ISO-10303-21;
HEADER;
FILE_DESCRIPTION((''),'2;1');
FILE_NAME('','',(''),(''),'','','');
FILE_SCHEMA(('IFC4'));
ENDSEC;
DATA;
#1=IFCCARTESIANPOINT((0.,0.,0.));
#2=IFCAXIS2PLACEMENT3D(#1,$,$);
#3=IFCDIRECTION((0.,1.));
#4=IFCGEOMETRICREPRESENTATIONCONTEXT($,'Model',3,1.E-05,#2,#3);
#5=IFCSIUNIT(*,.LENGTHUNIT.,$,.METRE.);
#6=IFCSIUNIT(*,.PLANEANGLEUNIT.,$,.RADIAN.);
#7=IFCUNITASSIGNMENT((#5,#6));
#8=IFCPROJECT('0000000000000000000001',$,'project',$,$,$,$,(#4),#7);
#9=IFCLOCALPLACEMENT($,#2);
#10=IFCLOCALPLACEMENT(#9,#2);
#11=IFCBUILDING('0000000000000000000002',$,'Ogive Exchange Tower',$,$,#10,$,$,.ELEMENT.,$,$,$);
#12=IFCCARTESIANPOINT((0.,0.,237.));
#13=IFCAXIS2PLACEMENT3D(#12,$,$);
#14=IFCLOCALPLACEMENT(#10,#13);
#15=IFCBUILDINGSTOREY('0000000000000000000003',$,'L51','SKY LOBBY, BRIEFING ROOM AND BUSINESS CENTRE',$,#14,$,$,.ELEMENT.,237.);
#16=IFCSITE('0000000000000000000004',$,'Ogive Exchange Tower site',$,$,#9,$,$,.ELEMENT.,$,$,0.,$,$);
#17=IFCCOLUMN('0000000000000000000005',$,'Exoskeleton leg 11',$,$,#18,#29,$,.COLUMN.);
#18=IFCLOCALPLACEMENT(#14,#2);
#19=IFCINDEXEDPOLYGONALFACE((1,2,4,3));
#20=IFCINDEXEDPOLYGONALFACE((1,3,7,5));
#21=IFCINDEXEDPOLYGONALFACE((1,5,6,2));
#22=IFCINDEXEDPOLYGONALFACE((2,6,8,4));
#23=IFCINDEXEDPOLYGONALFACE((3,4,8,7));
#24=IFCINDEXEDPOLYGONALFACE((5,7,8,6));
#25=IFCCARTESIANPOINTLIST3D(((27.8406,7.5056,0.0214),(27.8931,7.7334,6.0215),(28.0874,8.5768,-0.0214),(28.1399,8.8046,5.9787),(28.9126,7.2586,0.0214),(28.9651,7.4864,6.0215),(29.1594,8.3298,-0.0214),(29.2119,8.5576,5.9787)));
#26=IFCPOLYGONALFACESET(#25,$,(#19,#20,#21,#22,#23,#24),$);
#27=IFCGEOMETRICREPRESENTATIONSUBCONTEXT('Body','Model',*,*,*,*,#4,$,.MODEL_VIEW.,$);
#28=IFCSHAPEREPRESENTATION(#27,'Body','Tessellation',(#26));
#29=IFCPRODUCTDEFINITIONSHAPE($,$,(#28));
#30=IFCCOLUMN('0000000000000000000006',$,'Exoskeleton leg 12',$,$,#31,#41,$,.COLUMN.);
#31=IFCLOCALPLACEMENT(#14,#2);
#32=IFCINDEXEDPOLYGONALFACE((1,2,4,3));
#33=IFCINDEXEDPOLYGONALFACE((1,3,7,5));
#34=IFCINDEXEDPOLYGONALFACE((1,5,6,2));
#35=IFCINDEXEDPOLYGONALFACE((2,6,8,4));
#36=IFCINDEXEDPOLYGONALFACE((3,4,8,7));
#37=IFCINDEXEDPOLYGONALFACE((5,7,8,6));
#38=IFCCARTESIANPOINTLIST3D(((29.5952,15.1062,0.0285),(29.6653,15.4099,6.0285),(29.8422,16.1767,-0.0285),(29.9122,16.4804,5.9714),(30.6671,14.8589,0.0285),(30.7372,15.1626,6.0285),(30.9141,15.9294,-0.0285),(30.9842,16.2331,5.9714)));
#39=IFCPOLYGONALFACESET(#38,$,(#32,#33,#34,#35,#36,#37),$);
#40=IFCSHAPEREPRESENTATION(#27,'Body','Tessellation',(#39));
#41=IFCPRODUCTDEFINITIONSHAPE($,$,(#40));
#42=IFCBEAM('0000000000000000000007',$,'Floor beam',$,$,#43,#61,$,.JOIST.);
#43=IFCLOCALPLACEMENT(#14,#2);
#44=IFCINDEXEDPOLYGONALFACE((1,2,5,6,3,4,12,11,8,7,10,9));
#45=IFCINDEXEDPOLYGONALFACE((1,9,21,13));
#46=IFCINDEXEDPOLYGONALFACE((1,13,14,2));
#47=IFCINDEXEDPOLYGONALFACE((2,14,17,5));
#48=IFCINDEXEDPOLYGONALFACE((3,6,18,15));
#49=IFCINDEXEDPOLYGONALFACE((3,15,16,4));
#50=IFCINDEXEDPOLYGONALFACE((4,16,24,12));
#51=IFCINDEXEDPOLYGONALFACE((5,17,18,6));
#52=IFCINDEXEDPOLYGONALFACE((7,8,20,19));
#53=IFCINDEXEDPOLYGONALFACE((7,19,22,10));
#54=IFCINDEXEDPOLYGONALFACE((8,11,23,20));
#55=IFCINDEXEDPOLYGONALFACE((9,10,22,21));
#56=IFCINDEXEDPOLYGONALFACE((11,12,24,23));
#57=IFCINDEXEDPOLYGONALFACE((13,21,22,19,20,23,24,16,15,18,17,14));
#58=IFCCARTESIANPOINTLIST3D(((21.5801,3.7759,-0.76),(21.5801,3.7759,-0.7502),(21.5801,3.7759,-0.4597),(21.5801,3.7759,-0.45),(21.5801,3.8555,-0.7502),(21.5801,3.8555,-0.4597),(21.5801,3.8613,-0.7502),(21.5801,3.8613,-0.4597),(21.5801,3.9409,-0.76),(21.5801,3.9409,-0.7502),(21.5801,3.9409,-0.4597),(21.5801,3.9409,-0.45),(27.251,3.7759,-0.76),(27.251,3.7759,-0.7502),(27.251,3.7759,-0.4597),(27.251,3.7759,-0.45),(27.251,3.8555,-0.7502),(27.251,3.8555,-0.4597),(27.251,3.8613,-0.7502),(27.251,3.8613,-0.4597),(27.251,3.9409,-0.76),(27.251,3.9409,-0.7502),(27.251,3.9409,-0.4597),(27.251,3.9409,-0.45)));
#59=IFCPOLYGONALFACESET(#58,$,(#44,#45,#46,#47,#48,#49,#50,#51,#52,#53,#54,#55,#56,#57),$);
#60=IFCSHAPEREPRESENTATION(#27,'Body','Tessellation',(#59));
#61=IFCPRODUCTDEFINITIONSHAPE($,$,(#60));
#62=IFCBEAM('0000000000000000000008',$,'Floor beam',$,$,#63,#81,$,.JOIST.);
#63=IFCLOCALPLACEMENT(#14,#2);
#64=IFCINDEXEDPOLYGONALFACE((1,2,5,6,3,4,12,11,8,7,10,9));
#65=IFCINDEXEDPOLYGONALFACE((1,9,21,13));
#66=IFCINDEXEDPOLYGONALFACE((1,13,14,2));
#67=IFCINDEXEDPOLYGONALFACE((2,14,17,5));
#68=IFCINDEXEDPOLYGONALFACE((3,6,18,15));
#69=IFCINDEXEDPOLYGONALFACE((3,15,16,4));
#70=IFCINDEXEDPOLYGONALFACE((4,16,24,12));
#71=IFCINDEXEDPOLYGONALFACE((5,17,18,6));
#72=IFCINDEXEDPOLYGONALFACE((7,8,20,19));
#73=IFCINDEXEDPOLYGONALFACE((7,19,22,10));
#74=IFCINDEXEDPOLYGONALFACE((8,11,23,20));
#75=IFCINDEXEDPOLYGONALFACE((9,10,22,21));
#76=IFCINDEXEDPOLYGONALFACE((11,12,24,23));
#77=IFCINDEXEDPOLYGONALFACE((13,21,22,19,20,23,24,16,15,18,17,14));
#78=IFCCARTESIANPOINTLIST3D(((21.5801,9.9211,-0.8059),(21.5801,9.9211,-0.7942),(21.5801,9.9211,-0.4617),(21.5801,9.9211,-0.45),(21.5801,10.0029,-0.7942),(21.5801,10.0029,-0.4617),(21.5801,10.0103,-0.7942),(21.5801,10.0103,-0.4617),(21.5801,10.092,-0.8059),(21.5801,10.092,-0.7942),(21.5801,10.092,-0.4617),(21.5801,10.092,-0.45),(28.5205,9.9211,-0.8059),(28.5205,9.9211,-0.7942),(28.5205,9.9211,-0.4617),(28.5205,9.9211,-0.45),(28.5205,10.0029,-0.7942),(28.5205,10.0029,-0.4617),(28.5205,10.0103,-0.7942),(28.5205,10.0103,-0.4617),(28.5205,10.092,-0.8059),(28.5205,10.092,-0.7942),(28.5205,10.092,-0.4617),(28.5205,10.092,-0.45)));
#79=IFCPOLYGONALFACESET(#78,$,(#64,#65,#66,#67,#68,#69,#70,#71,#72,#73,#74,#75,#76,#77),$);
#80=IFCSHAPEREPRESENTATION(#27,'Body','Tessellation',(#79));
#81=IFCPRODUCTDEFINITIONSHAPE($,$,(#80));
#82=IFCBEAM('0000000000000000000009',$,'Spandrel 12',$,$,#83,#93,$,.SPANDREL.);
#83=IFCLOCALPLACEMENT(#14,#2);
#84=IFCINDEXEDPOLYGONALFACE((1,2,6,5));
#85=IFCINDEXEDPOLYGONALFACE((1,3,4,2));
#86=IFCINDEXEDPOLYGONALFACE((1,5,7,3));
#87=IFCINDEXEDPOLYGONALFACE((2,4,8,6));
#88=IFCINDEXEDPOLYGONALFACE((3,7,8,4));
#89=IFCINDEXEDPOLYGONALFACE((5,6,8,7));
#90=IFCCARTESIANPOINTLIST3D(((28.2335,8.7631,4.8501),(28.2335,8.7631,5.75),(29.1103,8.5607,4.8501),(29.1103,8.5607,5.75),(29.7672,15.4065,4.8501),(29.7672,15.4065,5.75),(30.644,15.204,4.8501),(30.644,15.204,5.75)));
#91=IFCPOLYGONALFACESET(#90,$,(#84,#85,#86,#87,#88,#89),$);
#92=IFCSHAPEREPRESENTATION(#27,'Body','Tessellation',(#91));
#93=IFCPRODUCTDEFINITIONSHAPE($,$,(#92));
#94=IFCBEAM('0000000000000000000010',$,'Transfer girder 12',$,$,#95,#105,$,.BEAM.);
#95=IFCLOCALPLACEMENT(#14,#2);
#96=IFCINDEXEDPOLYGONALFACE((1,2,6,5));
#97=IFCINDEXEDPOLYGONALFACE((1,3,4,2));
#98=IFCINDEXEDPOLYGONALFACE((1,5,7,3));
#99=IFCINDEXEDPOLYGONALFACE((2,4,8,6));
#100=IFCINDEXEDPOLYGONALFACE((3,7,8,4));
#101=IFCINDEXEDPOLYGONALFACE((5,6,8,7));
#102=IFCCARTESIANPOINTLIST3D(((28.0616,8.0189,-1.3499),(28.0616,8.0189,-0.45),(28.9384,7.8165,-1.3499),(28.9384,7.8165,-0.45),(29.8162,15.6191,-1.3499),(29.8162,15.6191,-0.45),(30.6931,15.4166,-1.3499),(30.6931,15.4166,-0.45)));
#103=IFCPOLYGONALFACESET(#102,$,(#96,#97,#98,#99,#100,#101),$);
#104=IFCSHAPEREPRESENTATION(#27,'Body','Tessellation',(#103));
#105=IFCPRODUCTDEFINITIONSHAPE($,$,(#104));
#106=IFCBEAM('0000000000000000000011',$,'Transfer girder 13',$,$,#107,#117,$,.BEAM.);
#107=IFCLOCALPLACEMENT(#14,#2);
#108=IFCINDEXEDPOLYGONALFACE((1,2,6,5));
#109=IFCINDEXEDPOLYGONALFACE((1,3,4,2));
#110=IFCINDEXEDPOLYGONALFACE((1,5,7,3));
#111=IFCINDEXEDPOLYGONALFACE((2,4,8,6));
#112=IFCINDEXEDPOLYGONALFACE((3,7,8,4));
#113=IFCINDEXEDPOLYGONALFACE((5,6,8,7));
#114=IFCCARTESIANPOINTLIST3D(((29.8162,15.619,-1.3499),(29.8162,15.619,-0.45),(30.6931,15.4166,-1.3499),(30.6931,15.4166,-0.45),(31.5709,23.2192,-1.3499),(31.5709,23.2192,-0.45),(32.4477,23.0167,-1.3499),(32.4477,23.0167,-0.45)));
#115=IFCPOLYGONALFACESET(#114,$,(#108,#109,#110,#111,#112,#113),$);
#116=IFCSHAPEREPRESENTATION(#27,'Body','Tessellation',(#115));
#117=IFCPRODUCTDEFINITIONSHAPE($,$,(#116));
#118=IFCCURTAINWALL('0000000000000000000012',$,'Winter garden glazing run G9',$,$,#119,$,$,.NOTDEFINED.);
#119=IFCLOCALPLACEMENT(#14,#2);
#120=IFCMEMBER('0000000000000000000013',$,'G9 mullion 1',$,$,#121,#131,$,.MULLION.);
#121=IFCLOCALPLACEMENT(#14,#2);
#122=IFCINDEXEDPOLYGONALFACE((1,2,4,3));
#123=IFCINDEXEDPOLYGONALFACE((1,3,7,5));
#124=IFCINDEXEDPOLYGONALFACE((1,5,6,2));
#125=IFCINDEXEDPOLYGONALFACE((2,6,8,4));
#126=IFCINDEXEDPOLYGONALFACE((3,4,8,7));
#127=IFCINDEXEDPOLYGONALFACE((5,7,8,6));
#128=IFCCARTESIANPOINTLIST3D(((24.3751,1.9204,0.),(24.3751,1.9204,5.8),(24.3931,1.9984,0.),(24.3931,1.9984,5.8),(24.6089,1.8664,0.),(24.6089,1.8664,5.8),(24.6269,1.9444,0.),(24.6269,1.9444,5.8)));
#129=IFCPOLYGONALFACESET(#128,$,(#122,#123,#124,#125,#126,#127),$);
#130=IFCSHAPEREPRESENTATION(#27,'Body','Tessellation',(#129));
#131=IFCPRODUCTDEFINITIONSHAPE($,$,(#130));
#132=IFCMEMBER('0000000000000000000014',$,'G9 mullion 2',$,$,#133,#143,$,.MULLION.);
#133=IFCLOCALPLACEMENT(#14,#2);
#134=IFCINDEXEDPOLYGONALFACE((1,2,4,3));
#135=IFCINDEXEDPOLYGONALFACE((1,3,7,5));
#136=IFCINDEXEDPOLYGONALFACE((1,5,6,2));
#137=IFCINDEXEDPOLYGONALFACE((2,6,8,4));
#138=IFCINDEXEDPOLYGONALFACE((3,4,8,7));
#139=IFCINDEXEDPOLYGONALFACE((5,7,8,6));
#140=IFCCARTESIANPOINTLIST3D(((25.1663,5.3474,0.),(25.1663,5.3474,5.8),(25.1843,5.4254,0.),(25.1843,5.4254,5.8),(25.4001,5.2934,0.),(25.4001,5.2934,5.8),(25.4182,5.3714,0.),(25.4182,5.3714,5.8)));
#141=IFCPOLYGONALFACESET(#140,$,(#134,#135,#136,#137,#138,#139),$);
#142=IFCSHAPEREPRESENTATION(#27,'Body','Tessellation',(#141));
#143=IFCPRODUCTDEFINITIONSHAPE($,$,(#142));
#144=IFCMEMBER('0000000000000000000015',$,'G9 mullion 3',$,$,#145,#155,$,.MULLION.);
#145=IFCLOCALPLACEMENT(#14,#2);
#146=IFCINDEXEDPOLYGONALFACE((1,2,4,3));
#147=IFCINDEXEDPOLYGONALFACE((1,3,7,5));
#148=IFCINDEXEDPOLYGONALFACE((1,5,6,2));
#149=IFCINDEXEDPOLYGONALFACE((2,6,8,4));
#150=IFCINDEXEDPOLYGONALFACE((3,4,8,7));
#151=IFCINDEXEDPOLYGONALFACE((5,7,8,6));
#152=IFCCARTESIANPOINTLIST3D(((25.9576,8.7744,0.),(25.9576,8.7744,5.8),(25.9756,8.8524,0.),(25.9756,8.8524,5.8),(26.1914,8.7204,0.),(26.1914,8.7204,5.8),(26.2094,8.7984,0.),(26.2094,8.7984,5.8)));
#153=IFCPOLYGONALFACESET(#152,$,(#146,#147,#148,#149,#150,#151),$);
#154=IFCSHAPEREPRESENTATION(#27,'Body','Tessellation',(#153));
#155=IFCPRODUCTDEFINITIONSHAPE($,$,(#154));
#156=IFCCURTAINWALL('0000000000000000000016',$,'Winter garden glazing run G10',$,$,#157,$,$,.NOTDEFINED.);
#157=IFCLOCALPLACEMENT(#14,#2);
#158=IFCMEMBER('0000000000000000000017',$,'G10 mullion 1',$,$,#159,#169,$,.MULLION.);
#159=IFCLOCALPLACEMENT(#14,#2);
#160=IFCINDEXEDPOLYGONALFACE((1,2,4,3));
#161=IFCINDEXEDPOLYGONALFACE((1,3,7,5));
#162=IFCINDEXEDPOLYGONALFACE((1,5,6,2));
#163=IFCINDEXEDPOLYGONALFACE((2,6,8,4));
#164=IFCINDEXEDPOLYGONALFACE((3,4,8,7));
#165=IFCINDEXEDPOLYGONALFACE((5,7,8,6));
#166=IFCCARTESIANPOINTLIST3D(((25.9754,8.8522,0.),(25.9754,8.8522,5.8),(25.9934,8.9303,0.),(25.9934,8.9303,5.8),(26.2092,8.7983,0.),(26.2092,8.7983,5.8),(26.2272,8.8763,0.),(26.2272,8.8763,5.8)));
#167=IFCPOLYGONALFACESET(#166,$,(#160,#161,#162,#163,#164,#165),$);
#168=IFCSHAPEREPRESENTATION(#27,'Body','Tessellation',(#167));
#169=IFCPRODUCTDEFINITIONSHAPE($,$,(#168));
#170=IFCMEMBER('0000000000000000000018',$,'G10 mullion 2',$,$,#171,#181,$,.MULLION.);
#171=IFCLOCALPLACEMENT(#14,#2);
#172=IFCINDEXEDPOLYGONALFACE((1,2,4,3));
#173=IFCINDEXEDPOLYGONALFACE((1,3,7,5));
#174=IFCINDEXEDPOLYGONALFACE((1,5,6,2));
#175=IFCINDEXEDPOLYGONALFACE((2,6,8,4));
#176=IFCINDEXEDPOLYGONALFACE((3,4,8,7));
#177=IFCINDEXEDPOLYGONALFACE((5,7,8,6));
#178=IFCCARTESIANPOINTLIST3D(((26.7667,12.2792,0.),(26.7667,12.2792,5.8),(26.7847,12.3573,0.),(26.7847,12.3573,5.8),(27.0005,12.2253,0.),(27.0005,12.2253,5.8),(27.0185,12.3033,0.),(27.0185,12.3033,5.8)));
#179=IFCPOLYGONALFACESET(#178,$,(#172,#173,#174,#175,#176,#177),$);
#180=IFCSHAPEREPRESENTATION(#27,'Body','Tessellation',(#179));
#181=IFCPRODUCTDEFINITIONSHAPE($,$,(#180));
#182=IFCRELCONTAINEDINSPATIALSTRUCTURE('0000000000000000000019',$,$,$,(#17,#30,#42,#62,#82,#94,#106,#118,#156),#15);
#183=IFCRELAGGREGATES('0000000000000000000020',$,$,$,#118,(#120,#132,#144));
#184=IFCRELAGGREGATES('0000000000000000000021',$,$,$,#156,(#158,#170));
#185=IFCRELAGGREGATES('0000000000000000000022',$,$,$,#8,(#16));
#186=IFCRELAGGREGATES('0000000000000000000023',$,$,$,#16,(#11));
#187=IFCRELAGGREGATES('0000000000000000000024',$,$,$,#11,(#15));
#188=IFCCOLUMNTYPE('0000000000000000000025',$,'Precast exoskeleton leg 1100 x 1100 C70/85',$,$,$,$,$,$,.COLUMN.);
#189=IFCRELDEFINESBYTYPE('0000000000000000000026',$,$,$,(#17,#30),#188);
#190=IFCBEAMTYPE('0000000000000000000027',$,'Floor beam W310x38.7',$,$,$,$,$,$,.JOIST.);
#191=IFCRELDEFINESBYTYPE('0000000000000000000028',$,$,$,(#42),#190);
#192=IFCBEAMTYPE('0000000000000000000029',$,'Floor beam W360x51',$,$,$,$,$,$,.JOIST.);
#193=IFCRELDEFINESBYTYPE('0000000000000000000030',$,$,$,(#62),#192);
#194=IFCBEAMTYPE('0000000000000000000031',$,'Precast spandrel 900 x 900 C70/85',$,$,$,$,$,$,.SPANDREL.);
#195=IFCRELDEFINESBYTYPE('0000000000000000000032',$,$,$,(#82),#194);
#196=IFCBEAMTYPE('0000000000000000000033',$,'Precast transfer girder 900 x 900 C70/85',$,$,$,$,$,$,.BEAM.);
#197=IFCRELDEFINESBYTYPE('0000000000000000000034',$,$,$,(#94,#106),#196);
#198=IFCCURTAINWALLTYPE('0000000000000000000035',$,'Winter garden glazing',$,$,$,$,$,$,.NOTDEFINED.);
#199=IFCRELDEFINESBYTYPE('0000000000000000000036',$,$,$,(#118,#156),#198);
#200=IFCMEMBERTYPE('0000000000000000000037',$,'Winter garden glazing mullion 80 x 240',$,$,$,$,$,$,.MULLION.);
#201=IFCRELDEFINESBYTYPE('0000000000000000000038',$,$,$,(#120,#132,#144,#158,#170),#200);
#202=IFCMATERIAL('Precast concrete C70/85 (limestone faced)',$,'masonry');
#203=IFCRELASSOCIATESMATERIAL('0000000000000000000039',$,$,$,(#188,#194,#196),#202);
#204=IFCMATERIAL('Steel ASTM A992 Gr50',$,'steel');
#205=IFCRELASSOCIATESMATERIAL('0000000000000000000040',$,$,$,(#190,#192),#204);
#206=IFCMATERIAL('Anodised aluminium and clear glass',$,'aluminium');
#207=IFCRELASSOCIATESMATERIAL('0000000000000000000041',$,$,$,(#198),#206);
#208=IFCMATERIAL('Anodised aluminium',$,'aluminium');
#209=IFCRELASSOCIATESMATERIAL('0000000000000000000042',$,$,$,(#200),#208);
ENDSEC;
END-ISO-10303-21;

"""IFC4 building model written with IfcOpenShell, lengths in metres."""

from ifc_helpers import new_model, si_unit, direction, frame, origin, origin_2d, place, context, subcontext, project, spatial, rectangle, i_section, extrude, material, material_profile, profile_set, type_object, element, aggregate, save


model = new_model("IFC4")

# Units and contexts
model_context = context("Model", 3, precision=1e-05, world=origin(), true_north=direction((0.0, 1.0)))
body_context = subcontext(model_context, "Body", "Model", "MODEL_VIEW")
ifc_project = project(units=[si_unit("LENGTHUNIT", "METRE"), si_unit("PLANEANGLEUNIT", "RADIAN")], contexts=[model_context])

# Site, building, storey
site_placement = place(None, origin())
site = spatial("IfcSite", under=ifc_project, at=site_placement, Name="Ogive Exchange Tower site", CompositionType="ELEMENT", RefElevation=0.0)
building_placement = place(site_placement, origin())
building = spatial("IfcBuilding", under=site, at=building_placement, Name="Ogive Exchange Tower", CompositionType="ELEMENT")
storey_placement = place(building_placement, frame((0.0, 0.0, 237.0)))
storey = spatial("IfcBuildingStorey", under=building, at=storey_placement, Name="L51", Description="SKY LOBBY, BRIEFING ROOM AND BUSINESS CENTRE", CompositionType="ELEMENT", Elevation=237.0)

# Columns
ifc_material_1 = material(Name="Precast concrete C70/85 (limestone faced)", Category="masonry")
ifc_material_profile_1 = material_profile(ifc_material_1, rectangle(XDim=1.1001, YDim=1.1001, at=origin_2d()), Name="1100 x 1100")
ifc_profile_set_1 = profile_set([ifc_material_profile_1], Name="Precast concrete C70/85 (limestone faced)")
column_type = type_object("IfcColumnType", Name="Precast exoskeleton leg 1100 x 1100 C70/85", PredefinedType="COLUMN", material=ifc_profile_set_1)
column_1_placement = place(storey_placement, frame((28.5, 7.9177, 0.0), z_axis=(0.008742, 0.037935, 0.999242), x_axis=(-0.974462, 0.224554, 0.0)))
element("IfcColumn", 1, at=column_1_placement, inside=storey, type_object=column_type, Name="Exoskeleton leg 11", PredefinedType="COLUMN", context=body_context, shape_type="SweptSolid", body=[
    extrude(rectangle(XDim=1.1001, YDim=1.1001, at=origin_2d()), origin(), (0.0, 0.0, 1.0), 6.0046),
])
column_2_placement = place(storey_placement, frame((30.2546, 15.5178, 0.0), z_axis=(0.011662, 0.05055, 0.998653), x_axis=(-0.974404, 0.224802, 0.0)))
element("IfcColumn", 2, at=column_2_placement, inside=storey, type_object=column_type, Name="Exoskeleton leg 12", PredefinedType="COLUMN", context=body_context, shape_type="SweptSolid", body=[
    extrude(rectangle(XDim=1.1001, YDim=1.1001, at=origin_2d()), origin(), (0.0, 0.0, 1.0), 6.0081),
])

# Beams
ifc_material_2 = material(Name="Steel ASTM A992 Gr50", Category="steel")
ifc_material_profile_2 = material_profile(ifc_material_2, i_section(OverallWidth=0.165, OverallDepth=0.3101, WebThickness=0.0059, FlangeThickness=0.0098, at=origin_2d()), Name="W310x38.7")
ifc_profile_set_2 = profile_set([ifc_material_profile_2], Name="Steel ASTM A992 Gr50")
beam_type_1 = type_object("IfcBeamType", Name="Floor beam W310x38.7", PredefinedType="JOIST", material=ifc_profile_set_2)
beam_1_placement = place(storey_placement, frame((21.5801, 3.8584, -0.605), z_axis=(1.0, 0.0, 0.0), x_axis=(0.0, 1.0, 0.0)))
element("IfcBeam", 3, at=beam_1_placement, inside=storey, type_object=beam_type_1, Name="Floor beam", PredefinedType="JOIST", context=body_context, shape_type="SweptSolid", body=[
    extrude(i_section(OverallWidth=0.165, OverallDepth=0.3101, WebThickness=0.0059, FlangeThickness=0.0098, at=origin_2d()), origin(), (0.0, 0.0, 1.0), 5.6709),
])
ifc_material_profile_3 = material_profile(ifc_material_2, i_section(OverallWidth=0.1709, OverallDepth=0.356, WebThickness=0.0073, FlangeThickness=0.0117, at=origin_2d()), Name="W360x51")
ifc_profile_set_3 = profile_set([ifc_material_profile_3], Name="Steel ASTM A992 Gr50")
beam_type_2 = type_object("IfcBeamType", Name="Floor beam W360x51", PredefinedType="JOIST", material=ifc_profile_set_3)
beam_2_placement = place(storey_placement, frame((21.5801, 10.0066, -0.6279), z_axis=(1.0, 0.0, 0.0), x_axis=(0.0, 1.0, 0.0)))
element("IfcBeam", 4, at=beam_2_placement, inside=storey, type_object=beam_type_2, Name="Floor beam", PredefinedType="JOIST", context=body_context, shape_type="SweptSolid", body=[
    extrude(i_section(OverallWidth=0.1709, OverallDepth=0.356, WebThickness=0.0073, FlangeThickness=0.0117, at=origin_2d()), origin(), (0.0, 0.0, 1.0), 6.9404),
])
ifc_material_profile_4 = material_profile(ifc_material_1, rectangle(XDim=0.8999, YDim=0.8999, at=origin_2d()), Name="900 x 900")
ifc_profile_set_4 = profile_set([ifc_material_profile_4], Name="Precast concrete C70/85 (limestone faced)")
beam_type_3 = type_object("IfcBeamType", Name="Precast spandrel 900 x 900 C70/85", PredefinedType="SPANDREL", material=ifc_profile_set_4)
beam_3_placement = place(storey_placement, frame((28.6719, 8.6619, 5.3), z_axis=(0.224946, 0.974371, 0.0), x_axis=(-0.974371, 0.224946, 0.0)))
element("IfcBeam", 5, at=beam_3_placement, inside=storey, type_object=beam_type_3, Name="Spandrel 12", PredefinedType="SPANDREL", context=body_context, shape_type="SweptSolid", body=[
    extrude(rectangle(XDim=0.8999, YDim=0.8999, at=origin_2d()), origin(), (0.0, 0.0, 1.0), 6.8181),
])
ifc_material_profile_5 = material_profile(ifc_material_1, rectangle(XDim=0.8999, YDim=0.8999, at=origin_2d()), Name="900 x 900")
ifc_profile_set_5 = profile_set([ifc_material_profile_5], Name="Precast concrete C70/85 (limestone faced)")
beam_type_4 = type_object("IfcBeamType", Name="Precast transfer girder 900 x 900 C70/85", PredefinedType="BEAM", material=ifc_profile_set_5)
for number, where, z_axis, x_axis, name in (
    (6, (28.5, 7.9177, -0.8999), (0.224953, 0.97437, 0.0), (-0.97437, 0.224953, 0.0), "Transfer girder 12"),
    (7, (30.2546, 15.5178, -0.8999), (0.224953, 0.97437, 0.0), (-0.97437, 0.224953, 0.0), "Transfer girder 13"),
):
    element("IfcBeam", number, at=place(storey_placement, frame(where, z_axis=z_axis, x_axis=x_axis)), inside=storey, type_object=beam_type_4, Name=name, PredefinedType="BEAM", context=body_context, shape_type="SweptSolid", body=[
        extrude(rectangle(XDim=0.8999, YDim=0.8999, at=origin_2d()), origin(), (0.0, 0.0, 1.0), 7.8),
    ])

# Curtain walls, members
ifc_material_3 = material(Name="Anodised aluminium and clear glass", Category="aluminium")
curtain_wall_type = type_object("IfcCurtainWallType", Name="Winter garden glazing", PredefinedType="NOTDEFINED", material=ifc_material_3)
curtain_wall_1_placement = place(storey_placement, origin())
curtain_wall_1 = element("IfcCurtainWall", 8, at=curtain_wall_1_placement, inside=storey, type_object=curtain_wall_type, Name="Winter garden glazing run G9", PredefinedType="NOTDEFINED")
ifc_material_4 = material(Name="Anodised aluminium", Category="aluminium")
ifc_material_profile_6 = material_profile(ifc_material_4, rectangle(XDim=0.24, YDim=0.0801, at=origin_2d()), Name="AL 80x240")
ifc_profile_set_6 = profile_set([ifc_material_profile_6], Name="Anodised aluminium")
member_type_1 = type_object("IfcMemberType", Name="Winter garden glazing mullion 80 x 240", PredefinedType="MULLION", material=ifc_profile_set_6)
member_1_placement = place(storey_placement, frame((24.501, 1.9324, 0.0), z_axis=(0.0, 0.0, 1.0), x_axis=(-0.974372, 0.224941, 0.0)))
member_1 = element("IfcMember", 9, at=member_1_placement, type_object=member_type_1, Name="G9 mullion 1", PredefinedType="MULLION", context=body_context, shape_type="SweptSolid", body=[
    extrude(rectangle(XDim=0.24, YDim=0.0801, at=origin_2d()), origin(), (0.0, 0.0, 1.0), 5.8),
])
member_2_placement = place(storey_placement, frame((25.2922, 5.3594, 0.0), z_axis=(0.0, 0.0, 1.0), x_axis=(-0.974372, 0.224941, 0.0)))
member_2 = element("IfcMember", 10, at=member_2_placement, type_object=member_type_1, Name="G9 mullion 2", PredefinedType="MULLION", context=body_context, shape_type="SweptSolid", body=[
    extrude(rectangle(XDim=0.24, YDim=0.0801, at=origin_2d()), origin(), (0.0, 0.0, 1.0), 5.8),
])
member_3_placement = place(storey_placement, frame((26.0835, 8.7864, 0.0), z_axis=(0.0, 0.0, 1.0), x_axis=(-0.974372, 0.224941, 0.0)))
member_3 = element("IfcMember", 11, at=member_3_placement, type_object=member_type_1, Name="G9 mullion 3", PredefinedType="MULLION", context=body_context, shape_type="SweptSolid", body=[
    extrude(rectangle(XDim=0.24, YDim=0.0801, at=origin_2d()), origin(), (0.0, 0.0, 1.0), 5.8),
])
curtain_wall_2_placement = place(storey_placement, origin())
curtain_wall_2 = element("IfcCurtainWall", 12, at=curtain_wall_2_placement, inside=storey, type_object=curtain_wall_type, Name="Winter garden glazing run G10", PredefinedType="NOTDEFINED")
member_4_placement = place(storey_placement, frame((26.1013, 8.8643, 0.0), z_axis=(0.0, 0.0, 1.0), x_axis=(-0.974369, 0.224957, 0.0)))
member_4 = element("IfcMember", 13, at=member_4_placement, type_object=member_type_1, Name="G10 mullion 1", PredefinedType="MULLION", context=body_context, shape_type="SweptSolid", body=[
    extrude(rectangle(XDim=0.24, YDim=0.0801, at=origin_2d()), origin(), (0.0, 0.0, 1.0), 5.8),
])
member_5_placement = place(storey_placement, frame((26.8926, 12.2913, 0.0), z_axis=(0.0, 0.0, 1.0), x_axis=(-0.974369, 0.224957, 0.0)))
member_5 = element("IfcMember", 14, at=member_5_placement, type_object=member_type_1, Name="G10 mullion 2", PredefinedType="MULLION", context=body_context, shape_type="SweptSolid", body=[
    extrude(rectangle(XDim=0.24, YDim=0.0801, at=origin_2d()), origin(), (0.0, 0.0, 1.0), 5.8),
])

aggregate(curtain_wall_1, [member_1, member_2, member_3])
aggregate(curtain_wall_2, [member_4, member_5])

save(model, "model.ifc")
